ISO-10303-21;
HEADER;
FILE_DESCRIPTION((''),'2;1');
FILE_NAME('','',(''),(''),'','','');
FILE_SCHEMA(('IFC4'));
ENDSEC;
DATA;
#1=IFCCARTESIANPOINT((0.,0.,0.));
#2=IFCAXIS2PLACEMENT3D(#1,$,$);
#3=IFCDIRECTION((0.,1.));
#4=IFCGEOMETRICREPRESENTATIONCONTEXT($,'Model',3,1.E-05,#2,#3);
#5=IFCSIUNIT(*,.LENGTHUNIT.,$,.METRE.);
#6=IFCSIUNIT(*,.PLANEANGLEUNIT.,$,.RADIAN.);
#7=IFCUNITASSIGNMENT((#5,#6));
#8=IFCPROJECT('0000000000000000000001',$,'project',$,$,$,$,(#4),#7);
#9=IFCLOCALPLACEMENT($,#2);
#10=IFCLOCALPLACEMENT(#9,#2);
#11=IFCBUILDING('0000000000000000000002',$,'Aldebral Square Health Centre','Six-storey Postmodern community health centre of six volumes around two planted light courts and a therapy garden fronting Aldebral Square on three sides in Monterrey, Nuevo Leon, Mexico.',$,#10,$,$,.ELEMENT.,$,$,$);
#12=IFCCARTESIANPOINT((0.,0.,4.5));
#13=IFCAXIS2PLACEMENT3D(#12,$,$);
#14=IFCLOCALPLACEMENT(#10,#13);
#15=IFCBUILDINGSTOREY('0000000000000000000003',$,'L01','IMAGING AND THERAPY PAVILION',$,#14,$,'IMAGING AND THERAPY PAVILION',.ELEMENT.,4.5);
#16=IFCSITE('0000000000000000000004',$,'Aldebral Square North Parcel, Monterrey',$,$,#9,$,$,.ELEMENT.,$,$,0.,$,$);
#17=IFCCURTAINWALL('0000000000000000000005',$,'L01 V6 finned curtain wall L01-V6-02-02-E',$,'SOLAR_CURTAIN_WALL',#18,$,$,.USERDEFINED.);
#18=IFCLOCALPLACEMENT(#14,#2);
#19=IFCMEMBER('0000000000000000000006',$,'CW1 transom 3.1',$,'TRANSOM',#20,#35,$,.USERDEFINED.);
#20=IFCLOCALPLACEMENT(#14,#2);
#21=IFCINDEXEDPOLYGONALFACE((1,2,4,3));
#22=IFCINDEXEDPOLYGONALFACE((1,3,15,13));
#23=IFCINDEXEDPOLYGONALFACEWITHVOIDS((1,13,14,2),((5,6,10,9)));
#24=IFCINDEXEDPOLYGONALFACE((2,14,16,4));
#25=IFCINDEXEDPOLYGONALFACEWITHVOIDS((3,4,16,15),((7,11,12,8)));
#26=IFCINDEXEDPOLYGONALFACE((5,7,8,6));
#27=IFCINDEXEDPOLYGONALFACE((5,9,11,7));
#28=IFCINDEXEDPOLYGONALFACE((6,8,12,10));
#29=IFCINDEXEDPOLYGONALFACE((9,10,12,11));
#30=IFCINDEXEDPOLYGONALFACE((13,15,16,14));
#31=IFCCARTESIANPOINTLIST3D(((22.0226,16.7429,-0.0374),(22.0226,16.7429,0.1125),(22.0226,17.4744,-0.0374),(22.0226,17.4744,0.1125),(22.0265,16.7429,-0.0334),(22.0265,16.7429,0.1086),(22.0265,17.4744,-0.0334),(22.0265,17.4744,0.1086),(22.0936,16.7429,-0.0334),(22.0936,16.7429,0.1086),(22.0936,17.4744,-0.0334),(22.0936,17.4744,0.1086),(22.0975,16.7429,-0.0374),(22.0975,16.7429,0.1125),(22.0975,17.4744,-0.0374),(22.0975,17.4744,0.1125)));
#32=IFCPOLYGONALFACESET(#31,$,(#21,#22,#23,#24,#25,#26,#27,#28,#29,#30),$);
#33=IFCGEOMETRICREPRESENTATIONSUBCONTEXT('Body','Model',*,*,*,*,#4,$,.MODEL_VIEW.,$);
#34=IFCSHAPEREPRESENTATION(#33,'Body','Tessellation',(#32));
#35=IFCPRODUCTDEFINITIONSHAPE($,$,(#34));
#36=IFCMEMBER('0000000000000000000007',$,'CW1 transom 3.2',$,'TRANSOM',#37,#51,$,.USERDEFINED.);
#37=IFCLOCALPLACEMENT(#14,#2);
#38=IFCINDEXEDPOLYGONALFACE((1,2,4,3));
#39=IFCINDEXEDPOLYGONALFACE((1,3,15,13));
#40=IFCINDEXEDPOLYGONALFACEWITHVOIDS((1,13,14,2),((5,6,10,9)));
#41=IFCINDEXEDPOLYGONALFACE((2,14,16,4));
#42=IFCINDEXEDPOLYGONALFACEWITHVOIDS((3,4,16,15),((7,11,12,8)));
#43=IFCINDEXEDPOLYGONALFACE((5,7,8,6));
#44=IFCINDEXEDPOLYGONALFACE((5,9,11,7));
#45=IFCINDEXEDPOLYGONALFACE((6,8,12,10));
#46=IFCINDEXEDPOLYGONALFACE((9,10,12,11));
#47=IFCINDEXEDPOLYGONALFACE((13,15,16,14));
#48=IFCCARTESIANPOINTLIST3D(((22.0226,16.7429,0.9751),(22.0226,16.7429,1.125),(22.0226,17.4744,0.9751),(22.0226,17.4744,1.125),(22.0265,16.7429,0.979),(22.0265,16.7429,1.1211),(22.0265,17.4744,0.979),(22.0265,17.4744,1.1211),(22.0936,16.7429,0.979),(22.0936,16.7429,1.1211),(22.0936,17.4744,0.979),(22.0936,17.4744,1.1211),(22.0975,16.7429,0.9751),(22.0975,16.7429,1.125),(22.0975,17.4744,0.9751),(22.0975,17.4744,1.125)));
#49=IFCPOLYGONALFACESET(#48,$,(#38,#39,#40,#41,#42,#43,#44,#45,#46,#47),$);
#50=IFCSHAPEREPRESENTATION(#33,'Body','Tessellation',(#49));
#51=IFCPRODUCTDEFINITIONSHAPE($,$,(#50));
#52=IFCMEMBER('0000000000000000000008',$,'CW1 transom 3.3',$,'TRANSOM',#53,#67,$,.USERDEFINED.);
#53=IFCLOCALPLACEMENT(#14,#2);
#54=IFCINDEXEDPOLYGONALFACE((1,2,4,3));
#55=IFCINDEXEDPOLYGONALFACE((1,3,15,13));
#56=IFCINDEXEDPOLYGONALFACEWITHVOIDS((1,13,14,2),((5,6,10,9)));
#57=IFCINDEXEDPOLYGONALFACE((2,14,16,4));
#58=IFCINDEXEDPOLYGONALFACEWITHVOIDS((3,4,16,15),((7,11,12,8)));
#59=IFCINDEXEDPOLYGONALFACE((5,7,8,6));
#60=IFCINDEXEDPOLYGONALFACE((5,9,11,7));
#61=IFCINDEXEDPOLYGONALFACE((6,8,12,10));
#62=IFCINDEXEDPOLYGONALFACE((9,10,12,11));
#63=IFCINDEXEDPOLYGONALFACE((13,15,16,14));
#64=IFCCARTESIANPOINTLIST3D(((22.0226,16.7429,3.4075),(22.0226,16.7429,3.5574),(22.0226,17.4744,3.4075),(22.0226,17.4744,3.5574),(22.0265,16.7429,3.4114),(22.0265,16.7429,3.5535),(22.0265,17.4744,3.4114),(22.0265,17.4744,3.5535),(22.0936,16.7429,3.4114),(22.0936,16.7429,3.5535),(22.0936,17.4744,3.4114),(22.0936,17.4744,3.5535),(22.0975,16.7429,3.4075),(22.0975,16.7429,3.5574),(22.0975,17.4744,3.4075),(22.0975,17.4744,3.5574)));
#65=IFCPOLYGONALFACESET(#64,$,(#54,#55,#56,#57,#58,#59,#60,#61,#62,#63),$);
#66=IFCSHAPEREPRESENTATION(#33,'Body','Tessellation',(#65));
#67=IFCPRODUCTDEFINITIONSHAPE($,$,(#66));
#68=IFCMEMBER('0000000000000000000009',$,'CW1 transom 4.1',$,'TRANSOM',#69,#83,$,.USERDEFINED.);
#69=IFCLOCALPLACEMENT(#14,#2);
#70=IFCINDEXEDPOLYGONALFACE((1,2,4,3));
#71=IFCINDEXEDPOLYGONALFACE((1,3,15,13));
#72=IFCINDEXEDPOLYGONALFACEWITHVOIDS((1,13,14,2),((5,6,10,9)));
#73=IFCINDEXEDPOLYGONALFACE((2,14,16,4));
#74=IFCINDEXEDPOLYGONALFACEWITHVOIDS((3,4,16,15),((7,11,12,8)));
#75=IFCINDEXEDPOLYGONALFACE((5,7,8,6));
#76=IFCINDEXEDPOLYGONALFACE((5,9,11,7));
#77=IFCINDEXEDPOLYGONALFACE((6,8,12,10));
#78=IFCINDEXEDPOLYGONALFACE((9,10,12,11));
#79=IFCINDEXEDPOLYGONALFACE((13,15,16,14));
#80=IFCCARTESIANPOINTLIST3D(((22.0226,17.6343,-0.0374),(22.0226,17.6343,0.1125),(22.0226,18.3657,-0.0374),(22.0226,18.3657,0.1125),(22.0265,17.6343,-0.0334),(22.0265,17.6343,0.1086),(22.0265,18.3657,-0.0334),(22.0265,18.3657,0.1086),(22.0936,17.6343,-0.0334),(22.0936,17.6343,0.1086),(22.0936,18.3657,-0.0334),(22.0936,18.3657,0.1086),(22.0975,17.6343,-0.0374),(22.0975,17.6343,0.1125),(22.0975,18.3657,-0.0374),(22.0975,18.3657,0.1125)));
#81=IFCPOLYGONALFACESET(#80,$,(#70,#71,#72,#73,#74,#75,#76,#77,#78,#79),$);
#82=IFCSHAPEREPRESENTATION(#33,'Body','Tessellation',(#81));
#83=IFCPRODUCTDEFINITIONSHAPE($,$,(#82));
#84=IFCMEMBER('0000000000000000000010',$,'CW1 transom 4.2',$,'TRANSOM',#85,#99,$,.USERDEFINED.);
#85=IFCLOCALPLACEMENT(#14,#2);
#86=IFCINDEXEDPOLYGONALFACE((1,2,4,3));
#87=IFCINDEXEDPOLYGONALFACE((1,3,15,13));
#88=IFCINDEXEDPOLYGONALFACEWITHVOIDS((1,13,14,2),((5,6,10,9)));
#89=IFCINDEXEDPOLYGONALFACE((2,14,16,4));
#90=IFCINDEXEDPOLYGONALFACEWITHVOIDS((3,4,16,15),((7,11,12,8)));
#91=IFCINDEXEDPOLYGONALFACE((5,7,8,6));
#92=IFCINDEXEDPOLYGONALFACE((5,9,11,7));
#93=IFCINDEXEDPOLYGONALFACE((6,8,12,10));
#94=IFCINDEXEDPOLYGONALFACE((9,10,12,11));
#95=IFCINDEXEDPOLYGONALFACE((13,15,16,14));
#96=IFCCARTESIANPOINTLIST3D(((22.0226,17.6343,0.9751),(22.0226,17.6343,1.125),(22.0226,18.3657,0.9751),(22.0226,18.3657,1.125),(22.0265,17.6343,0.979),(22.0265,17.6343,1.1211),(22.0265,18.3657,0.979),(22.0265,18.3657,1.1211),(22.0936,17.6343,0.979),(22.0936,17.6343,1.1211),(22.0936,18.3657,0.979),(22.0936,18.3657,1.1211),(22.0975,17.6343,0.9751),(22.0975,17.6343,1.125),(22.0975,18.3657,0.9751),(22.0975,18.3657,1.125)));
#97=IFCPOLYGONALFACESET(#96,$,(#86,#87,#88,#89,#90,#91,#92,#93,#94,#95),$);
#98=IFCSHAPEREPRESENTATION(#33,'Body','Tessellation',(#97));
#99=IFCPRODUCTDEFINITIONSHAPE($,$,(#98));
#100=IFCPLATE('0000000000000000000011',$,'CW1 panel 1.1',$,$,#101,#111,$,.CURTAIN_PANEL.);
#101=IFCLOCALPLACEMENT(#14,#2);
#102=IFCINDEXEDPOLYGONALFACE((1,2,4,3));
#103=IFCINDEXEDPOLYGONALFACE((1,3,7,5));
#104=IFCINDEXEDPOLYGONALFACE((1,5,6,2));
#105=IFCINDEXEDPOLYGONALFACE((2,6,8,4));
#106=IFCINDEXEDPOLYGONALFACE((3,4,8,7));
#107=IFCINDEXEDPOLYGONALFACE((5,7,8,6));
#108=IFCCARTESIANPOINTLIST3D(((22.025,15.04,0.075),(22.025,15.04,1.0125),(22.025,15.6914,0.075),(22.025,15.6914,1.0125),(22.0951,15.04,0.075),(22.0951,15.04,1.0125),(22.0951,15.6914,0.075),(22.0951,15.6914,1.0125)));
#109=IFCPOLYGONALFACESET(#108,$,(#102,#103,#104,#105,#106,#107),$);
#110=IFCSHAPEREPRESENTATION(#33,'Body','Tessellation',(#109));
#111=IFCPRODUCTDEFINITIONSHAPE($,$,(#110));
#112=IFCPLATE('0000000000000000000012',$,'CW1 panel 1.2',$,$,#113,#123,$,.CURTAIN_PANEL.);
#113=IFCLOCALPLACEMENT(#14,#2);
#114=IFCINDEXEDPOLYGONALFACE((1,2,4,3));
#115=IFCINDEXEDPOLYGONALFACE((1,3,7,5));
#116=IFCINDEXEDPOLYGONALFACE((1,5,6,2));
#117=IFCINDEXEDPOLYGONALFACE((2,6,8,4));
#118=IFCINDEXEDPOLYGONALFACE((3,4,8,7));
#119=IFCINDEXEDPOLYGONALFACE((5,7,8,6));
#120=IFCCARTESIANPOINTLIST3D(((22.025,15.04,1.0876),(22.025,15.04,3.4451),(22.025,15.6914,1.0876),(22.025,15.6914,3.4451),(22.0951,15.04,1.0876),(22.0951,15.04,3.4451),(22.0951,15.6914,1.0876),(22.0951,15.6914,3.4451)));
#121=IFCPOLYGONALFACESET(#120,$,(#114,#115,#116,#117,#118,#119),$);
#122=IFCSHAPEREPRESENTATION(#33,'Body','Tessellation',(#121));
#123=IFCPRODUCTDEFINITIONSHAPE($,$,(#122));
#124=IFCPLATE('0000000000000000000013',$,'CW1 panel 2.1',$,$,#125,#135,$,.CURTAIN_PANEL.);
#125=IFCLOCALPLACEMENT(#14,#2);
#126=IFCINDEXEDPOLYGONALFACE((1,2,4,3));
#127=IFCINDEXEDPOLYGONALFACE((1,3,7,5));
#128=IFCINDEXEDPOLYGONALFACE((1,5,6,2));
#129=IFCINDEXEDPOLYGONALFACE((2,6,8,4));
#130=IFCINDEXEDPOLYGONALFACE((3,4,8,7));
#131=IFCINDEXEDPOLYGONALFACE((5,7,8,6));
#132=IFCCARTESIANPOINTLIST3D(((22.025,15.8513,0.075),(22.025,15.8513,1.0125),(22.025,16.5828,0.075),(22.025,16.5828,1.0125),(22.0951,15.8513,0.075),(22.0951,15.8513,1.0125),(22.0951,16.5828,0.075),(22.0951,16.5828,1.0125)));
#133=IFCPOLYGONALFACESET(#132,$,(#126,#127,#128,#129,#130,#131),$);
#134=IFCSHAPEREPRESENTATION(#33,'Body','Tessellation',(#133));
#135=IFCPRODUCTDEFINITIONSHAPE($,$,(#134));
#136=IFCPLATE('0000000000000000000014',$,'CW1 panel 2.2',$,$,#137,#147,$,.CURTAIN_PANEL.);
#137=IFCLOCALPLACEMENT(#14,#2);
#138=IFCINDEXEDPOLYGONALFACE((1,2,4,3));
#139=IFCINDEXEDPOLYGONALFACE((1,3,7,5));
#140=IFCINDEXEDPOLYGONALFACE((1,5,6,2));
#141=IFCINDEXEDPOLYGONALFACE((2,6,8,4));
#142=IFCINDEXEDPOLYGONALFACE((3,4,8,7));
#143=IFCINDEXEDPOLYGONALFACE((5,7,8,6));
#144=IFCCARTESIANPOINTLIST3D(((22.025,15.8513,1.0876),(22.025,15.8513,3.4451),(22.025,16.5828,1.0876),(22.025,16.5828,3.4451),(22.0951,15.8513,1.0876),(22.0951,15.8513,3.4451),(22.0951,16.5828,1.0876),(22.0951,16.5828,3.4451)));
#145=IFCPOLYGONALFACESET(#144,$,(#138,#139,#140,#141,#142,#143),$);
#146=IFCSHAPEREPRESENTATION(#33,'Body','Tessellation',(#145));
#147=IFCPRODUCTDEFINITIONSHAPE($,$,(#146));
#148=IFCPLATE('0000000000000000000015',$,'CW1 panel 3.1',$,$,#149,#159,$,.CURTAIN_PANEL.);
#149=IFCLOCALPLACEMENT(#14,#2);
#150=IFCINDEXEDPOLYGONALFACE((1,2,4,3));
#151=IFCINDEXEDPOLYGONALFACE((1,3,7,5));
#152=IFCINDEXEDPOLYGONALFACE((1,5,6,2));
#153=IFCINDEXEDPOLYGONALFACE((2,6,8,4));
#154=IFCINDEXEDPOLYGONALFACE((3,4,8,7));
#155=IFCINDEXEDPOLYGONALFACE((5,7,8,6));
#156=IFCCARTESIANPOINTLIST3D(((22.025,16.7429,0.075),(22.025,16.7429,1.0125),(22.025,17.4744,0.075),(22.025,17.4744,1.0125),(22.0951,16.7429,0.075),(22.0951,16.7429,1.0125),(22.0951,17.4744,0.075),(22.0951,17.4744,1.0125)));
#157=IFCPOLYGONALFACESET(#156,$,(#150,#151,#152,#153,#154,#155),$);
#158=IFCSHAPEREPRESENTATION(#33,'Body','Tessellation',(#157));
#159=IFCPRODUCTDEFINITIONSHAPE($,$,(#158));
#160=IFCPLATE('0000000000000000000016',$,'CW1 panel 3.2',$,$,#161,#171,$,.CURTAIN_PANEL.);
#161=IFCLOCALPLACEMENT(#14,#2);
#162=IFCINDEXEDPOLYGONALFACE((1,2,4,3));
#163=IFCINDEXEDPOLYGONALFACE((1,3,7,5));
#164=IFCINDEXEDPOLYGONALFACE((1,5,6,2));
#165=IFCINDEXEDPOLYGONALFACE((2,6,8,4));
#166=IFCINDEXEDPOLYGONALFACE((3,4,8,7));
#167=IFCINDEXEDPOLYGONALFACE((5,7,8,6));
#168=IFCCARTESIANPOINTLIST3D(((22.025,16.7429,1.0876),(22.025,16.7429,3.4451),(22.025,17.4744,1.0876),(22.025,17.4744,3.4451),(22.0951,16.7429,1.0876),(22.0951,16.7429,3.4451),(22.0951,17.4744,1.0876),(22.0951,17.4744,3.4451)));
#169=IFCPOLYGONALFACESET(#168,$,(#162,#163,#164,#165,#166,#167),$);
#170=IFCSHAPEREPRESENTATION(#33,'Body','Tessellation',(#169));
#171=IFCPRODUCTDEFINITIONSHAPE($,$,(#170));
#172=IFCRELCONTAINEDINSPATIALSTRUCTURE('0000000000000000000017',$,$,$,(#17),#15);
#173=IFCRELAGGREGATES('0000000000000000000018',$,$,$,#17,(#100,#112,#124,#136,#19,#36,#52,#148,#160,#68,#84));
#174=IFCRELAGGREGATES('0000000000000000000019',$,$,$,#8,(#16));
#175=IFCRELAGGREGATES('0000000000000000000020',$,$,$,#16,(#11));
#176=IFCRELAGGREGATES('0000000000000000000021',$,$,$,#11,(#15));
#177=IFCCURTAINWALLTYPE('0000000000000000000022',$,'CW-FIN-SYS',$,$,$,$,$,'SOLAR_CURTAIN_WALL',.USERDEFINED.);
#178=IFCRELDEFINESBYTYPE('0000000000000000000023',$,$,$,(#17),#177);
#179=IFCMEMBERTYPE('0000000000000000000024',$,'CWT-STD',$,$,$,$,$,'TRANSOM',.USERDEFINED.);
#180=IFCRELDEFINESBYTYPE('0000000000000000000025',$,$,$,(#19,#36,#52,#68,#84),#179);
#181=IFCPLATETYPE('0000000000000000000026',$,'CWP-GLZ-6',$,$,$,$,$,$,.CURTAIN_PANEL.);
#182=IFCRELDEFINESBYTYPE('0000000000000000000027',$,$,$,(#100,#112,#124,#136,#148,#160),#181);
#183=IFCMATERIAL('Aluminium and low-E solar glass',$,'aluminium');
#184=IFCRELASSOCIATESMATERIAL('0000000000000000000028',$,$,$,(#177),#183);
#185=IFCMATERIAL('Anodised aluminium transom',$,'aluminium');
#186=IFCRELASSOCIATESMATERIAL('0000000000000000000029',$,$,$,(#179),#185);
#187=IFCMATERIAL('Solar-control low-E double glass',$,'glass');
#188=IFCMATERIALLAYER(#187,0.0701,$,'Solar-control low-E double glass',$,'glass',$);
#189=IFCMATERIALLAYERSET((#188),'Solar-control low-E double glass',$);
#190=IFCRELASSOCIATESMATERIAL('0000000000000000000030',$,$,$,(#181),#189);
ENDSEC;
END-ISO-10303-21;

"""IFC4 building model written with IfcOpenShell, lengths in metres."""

from ifc_helpers import new_model, si_unit, direction, frame, origin, origin_2d, place, context, subcontext, project, spatial, rectangle, hollow_rectangle, extrude, material, layer, layer_set, material_profile, profile_set, type_object, element, aggregate, save


model = new_model("IFC4")

# Units and contexts
model_context = context("Model", 3, precision=1e-05, world=origin(), true_north=direction((0.0, 1.0)))
body_context = subcontext(model_context, "Body", "Model", "MODEL_VIEW")
ifc_project = project(units=[si_unit("LENGTHUNIT", "METRE"), si_unit("PLANEANGLEUNIT", "RADIAN")], contexts=[model_context])

# Site, building, storey
site_placement = place(None, origin())
site = spatial("IfcSite", under=ifc_project, at=site_placement, Name="Aldebral Square North Parcel, Monterrey", CompositionType="ELEMENT", RefElevation=0.0)
building_placement = place(site_placement, origin())
building = spatial("IfcBuilding", under=site, at=building_placement, Name="Aldebral Square Health Centre", Description="Six-storey Postmodern community health centre of six volumes around two planted light courts and a therapy garden fronting Aldebral Square on three sides in Monterrey, Nuevo Leon, Mexico.", CompositionType="ELEMENT")
storey_placement = place(building_placement, frame((0.0, 0.0, 4.5)))
storey = spatial("IfcBuildingStorey", under=building, at=storey_placement, Name="L01", Description="IMAGING AND THERAPY PAVILION", LongName="IMAGING AND THERAPY PAVILION", CompositionType="ELEMENT", Elevation=4.5)

# Shared definitions
ifc_material_1 = material(Name="Aluminium and low-E solar glass", Category="aluminium")
curtain_wall_type = type_object("IfcCurtainWallType", Name="CW-FIN-SYS", ElementType="SOLAR_CURTAIN_WALL", PredefinedType="USERDEFINED", material=ifc_material_1)

# Curtain wall, members, plates
curtain_wall_1_placement = place(storey_placement, origin())
curtain_wall_1 = element("IfcCurtainWall", 1, at=curtain_wall_1_placement, inside=storey, type_object=curtain_wall_type, Name="L01 V6 finned curtain wall L01-V6-02-02-E", ObjectType="SOLAR_CURTAIN_WALL", PredefinedType="USERDEFINED")
ifc_material_2 = material(Name="Anodised aluminium transom", Category="aluminium")
ifc_material_profile_1 = material_profile(ifc_material_2, hollow_rectangle(XDim=0.075, YDim=0.1499, WallThickness=0.0039, at=origin_2d()), Name="CWT 75x150x4")
ifc_profile_set_1 = profile_set([ifc_material_profile_1], Name="Anodised aluminium transom")
member_type_1 = type_object("IfcMemberType", Name="CWT-STD", ElementType="TRANSOM", PredefinedType="USERDEFINED", material=ifc_profile_set_1)
member_1_placement = place(storey_placement, frame((22.0601, 16.7429, 0.0376), z_axis=(0.0, 1.0, 0.0), x_axis=(-1.0, 0.0, 0.0)))
member_1 = element("IfcMember", 2, at=member_1_placement, type_object=member_type_1, Name="CW1 transom 3.1", ObjectType="TRANSOM", PredefinedType="USERDEFINED", context=body_context, shape_type="SweptSolid", body=[
    extrude(hollow_rectangle(XDim=0.075, YDim=0.1499, WallThickness=0.0039, at=origin_2d()), origin(), (0.0, 0.0, 1.0), 0.7314),
])
member_2_placement = place(storey_placement, frame((22.0601, 16.7429, 1.05), z_axis=(0.0, 1.0, 0.0), x_axis=(-1.0, 0.0, 0.0)))
member_2 = element("IfcMember", 3, at=member_2_placement, type_object=member_type_1, Name="CW1 transom 3.2", ObjectType="TRANSOM", PredefinedType="USERDEFINED", context=body_context, shape_type="SweptSolid", body=[
    extrude(hollow_rectangle(XDim=0.075, YDim=0.1499, WallThickness=0.0039, at=origin_2d()), origin(), (0.0, 0.0, 1.0), 0.7314),
])
member_3_placement = place(storey_placement, frame((22.0601, 16.7429, 3.4824), z_axis=(0.0, 1.0, 0.0), x_axis=(-1.0, 0.0, 0.0)))
member_3 = element("IfcMember", 4, at=member_3_placement, type_object=member_type_1, Name="CW1 transom 3.3", ObjectType="TRANSOM", PredefinedType="USERDEFINED", context=body_context, shape_type="SweptSolid", body=[
    extrude(hollow_rectangle(XDim=0.075, YDim=0.1499, WallThickness=0.0039, at=origin_2d()), origin(), (0.0, 0.0, 1.0), 0.7314),
])
member_4_placement = place(storey_placement, frame((22.0601, 17.6343, 0.0376), z_axis=(0.0, 1.0, 0.0), x_axis=(-1.0, 0.0, 0.0)))
member_4 = element("IfcMember", 5, at=member_4_placement, type_object=member_type_1, Name="CW1 transom 4.1", ObjectType="TRANSOM", PredefinedType="USERDEFINED", context=body_context, shape_type="SweptSolid", body=[
    extrude(hollow_rectangle(XDim=0.075, YDim=0.1499, WallThickness=0.0039, at=origin_2d()), origin(), (0.0, 0.0, 1.0), 0.7314),
])
member_5_placement = place(storey_placement, frame((22.0601, 17.6343, 1.05), z_axis=(0.0, 1.0, 0.0), x_axis=(-1.0, 0.0, 0.0)))
member_5 = element("IfcMember", 6, at=member_5_placement, type_object=member_type_1, Name="CW1 transom 4.2", ObjectType="TRANSOM", PredefinedType="USERDEFINED", context=body_context, shape_type="SweptSolid", body=[
    extrude(hollow_rectangle(XDim=0.075, YDim=0.1499, WallThickness=0.0039, at=origin_2d()), origin(), (0.0, 0.0, 1.0), 0.7314),
])
ifc_material_3 = material(Name="Solar-control low-E double glass", Category="glass")
ifc_layer = layer(ifc_material_3, 0.0701, Name="Solar-control low-E double glass", Category="glass")
ifc_layer_set = layer_set([ifc_layer], Name="Solar-control low-E double glass")
plate_type = type_object("IfcPlateType", Name="CWP-GLZ-6", PredefinedType="CURTAIN_PANEL", material=ifc_layer_set)
plate_1_placement = place(storey_placement, frame((22.0601, 15.3657, 0.075), z_axis=(0.0, 0.0, 1.0), x_axis=(0.0, 1.0, 0.0)))
plate_1 = element("IfcPlate", 7, at=plate_1_placement, type_object=plate_type, Name="CW1 panel 1.1", PredefinedType="CURTAIN_PANEL", context=body_context, shape_type="SweptSolid", body=[
    extrude(rectangle(XDim=0.6514, YDim=0.0701, at=origin_2d()), origin(), (0.0, 0.0, 1.0), 0.9375),
])
plate_2_placement = place(storey_placement, frame((22.0601, 15.3657, 1.0876), z_axis=(0.0, 0.0, 1.0), x_axis=(0.0, 1.0, 0.0)))
plate_2 = element("IfcPlate", 8, at=plate_2_placement, type_object=plate_type, Name="CW1 panel 1.2", PredefinedType="CURTAIN_PANEL", context=body_context, shape_type="SweptSolid", body=[
    extrude(rectangle(XDim=0.6514, YDim=0.0701, at=origin_2d()), origin(), (0.0, 0.0, 1.0), 2.3574),
])
plate_3_placement = place(storey_placement, frame((22.0601, 16.217, 0.075), z_axis=(0.0, 0.0, 1.0), x_axis=(0.0, 1.0, 0.0)))
plate_3 = element("IfcPlate", 9, at=plate_3_placement, type_object=plate_type, Name="CW1 panel 2.1", PredefinedType="CURTAIN_PANEL", context=body_context, shape_type="SweptSolid", body=[
    extrude(rectangle(XDim=0.7314, YDim=0.0701, at=origin_2d()), origin(), (0.0, 0.0, 1.0), 0.9375),
])
plate_4_placement = place(storey_placement, frame((22.0601, 16.217, 1.0876), z_axis=(0.0, 0.0, 1.0), x_axis=(0.0, 1.0, 0.0)))
plate_4 = element("IfcPlate", 10, at=plate_4_placement, type_object=plate_type, Name="CW1 panel 2.2", PredefinedType="CURTAIN_PANEL", context=body_context, shape_type="SweptSolid", body=[
    extrude(rectangle(XDim=0.7314, YDim=0.0701, at=origin_2d()), origin(), (0.0, 0.0, 1.0), 2.3574),
])
plate_5_placement = place(storey_placement, frame((22.0601, 17.1086, 0.075), z_axis=(0.0, 0.0, 1.0), x_axis=(0.0, 1.0, 0.0)))
plate_5 = element("IfcPlate", 11, at=plate_5_placement, type_object=plate_type, Name="CW1 panel 3.1", PredefinedType="CURTAIN_PANEL", context=body_context, shape_type="SweptSolid", body=[
    extrude(rectangle(XDim=0.7314, YDim=0.0701, at=origin_2d()), origin(), (0.0, 0.0, 1.0), 0.9375),
])
plate_6_placement = place(storey_placement, frame((22.0601, 17.1086, 1.0876), z_axis=(0.0, 0.0, 1.0), x_axis=(0.0, 1.0, 0.0)))
plate_6 = element("IfcPlate", 12, at=plate_6_placement, type_object=plate_type, Name="CW1 panel 3.2", PredefinedType="CURTAIN_PANEL", context=body_context, shape_type="SweptSolid", body=[
    extrude(rectangle(XDim=0.7314, YDim=0.0701, at=origin_2d()), origin(), (0.0, 0.0, 1.0), 2.3574),
])
aggregate(curtain_wall_1, [plate_1, plate_2, plate_3, plate_4, member_1, member_2, member_3, plate_5, plate_6, member_4, member_5])

save(model, "model.ifc")
